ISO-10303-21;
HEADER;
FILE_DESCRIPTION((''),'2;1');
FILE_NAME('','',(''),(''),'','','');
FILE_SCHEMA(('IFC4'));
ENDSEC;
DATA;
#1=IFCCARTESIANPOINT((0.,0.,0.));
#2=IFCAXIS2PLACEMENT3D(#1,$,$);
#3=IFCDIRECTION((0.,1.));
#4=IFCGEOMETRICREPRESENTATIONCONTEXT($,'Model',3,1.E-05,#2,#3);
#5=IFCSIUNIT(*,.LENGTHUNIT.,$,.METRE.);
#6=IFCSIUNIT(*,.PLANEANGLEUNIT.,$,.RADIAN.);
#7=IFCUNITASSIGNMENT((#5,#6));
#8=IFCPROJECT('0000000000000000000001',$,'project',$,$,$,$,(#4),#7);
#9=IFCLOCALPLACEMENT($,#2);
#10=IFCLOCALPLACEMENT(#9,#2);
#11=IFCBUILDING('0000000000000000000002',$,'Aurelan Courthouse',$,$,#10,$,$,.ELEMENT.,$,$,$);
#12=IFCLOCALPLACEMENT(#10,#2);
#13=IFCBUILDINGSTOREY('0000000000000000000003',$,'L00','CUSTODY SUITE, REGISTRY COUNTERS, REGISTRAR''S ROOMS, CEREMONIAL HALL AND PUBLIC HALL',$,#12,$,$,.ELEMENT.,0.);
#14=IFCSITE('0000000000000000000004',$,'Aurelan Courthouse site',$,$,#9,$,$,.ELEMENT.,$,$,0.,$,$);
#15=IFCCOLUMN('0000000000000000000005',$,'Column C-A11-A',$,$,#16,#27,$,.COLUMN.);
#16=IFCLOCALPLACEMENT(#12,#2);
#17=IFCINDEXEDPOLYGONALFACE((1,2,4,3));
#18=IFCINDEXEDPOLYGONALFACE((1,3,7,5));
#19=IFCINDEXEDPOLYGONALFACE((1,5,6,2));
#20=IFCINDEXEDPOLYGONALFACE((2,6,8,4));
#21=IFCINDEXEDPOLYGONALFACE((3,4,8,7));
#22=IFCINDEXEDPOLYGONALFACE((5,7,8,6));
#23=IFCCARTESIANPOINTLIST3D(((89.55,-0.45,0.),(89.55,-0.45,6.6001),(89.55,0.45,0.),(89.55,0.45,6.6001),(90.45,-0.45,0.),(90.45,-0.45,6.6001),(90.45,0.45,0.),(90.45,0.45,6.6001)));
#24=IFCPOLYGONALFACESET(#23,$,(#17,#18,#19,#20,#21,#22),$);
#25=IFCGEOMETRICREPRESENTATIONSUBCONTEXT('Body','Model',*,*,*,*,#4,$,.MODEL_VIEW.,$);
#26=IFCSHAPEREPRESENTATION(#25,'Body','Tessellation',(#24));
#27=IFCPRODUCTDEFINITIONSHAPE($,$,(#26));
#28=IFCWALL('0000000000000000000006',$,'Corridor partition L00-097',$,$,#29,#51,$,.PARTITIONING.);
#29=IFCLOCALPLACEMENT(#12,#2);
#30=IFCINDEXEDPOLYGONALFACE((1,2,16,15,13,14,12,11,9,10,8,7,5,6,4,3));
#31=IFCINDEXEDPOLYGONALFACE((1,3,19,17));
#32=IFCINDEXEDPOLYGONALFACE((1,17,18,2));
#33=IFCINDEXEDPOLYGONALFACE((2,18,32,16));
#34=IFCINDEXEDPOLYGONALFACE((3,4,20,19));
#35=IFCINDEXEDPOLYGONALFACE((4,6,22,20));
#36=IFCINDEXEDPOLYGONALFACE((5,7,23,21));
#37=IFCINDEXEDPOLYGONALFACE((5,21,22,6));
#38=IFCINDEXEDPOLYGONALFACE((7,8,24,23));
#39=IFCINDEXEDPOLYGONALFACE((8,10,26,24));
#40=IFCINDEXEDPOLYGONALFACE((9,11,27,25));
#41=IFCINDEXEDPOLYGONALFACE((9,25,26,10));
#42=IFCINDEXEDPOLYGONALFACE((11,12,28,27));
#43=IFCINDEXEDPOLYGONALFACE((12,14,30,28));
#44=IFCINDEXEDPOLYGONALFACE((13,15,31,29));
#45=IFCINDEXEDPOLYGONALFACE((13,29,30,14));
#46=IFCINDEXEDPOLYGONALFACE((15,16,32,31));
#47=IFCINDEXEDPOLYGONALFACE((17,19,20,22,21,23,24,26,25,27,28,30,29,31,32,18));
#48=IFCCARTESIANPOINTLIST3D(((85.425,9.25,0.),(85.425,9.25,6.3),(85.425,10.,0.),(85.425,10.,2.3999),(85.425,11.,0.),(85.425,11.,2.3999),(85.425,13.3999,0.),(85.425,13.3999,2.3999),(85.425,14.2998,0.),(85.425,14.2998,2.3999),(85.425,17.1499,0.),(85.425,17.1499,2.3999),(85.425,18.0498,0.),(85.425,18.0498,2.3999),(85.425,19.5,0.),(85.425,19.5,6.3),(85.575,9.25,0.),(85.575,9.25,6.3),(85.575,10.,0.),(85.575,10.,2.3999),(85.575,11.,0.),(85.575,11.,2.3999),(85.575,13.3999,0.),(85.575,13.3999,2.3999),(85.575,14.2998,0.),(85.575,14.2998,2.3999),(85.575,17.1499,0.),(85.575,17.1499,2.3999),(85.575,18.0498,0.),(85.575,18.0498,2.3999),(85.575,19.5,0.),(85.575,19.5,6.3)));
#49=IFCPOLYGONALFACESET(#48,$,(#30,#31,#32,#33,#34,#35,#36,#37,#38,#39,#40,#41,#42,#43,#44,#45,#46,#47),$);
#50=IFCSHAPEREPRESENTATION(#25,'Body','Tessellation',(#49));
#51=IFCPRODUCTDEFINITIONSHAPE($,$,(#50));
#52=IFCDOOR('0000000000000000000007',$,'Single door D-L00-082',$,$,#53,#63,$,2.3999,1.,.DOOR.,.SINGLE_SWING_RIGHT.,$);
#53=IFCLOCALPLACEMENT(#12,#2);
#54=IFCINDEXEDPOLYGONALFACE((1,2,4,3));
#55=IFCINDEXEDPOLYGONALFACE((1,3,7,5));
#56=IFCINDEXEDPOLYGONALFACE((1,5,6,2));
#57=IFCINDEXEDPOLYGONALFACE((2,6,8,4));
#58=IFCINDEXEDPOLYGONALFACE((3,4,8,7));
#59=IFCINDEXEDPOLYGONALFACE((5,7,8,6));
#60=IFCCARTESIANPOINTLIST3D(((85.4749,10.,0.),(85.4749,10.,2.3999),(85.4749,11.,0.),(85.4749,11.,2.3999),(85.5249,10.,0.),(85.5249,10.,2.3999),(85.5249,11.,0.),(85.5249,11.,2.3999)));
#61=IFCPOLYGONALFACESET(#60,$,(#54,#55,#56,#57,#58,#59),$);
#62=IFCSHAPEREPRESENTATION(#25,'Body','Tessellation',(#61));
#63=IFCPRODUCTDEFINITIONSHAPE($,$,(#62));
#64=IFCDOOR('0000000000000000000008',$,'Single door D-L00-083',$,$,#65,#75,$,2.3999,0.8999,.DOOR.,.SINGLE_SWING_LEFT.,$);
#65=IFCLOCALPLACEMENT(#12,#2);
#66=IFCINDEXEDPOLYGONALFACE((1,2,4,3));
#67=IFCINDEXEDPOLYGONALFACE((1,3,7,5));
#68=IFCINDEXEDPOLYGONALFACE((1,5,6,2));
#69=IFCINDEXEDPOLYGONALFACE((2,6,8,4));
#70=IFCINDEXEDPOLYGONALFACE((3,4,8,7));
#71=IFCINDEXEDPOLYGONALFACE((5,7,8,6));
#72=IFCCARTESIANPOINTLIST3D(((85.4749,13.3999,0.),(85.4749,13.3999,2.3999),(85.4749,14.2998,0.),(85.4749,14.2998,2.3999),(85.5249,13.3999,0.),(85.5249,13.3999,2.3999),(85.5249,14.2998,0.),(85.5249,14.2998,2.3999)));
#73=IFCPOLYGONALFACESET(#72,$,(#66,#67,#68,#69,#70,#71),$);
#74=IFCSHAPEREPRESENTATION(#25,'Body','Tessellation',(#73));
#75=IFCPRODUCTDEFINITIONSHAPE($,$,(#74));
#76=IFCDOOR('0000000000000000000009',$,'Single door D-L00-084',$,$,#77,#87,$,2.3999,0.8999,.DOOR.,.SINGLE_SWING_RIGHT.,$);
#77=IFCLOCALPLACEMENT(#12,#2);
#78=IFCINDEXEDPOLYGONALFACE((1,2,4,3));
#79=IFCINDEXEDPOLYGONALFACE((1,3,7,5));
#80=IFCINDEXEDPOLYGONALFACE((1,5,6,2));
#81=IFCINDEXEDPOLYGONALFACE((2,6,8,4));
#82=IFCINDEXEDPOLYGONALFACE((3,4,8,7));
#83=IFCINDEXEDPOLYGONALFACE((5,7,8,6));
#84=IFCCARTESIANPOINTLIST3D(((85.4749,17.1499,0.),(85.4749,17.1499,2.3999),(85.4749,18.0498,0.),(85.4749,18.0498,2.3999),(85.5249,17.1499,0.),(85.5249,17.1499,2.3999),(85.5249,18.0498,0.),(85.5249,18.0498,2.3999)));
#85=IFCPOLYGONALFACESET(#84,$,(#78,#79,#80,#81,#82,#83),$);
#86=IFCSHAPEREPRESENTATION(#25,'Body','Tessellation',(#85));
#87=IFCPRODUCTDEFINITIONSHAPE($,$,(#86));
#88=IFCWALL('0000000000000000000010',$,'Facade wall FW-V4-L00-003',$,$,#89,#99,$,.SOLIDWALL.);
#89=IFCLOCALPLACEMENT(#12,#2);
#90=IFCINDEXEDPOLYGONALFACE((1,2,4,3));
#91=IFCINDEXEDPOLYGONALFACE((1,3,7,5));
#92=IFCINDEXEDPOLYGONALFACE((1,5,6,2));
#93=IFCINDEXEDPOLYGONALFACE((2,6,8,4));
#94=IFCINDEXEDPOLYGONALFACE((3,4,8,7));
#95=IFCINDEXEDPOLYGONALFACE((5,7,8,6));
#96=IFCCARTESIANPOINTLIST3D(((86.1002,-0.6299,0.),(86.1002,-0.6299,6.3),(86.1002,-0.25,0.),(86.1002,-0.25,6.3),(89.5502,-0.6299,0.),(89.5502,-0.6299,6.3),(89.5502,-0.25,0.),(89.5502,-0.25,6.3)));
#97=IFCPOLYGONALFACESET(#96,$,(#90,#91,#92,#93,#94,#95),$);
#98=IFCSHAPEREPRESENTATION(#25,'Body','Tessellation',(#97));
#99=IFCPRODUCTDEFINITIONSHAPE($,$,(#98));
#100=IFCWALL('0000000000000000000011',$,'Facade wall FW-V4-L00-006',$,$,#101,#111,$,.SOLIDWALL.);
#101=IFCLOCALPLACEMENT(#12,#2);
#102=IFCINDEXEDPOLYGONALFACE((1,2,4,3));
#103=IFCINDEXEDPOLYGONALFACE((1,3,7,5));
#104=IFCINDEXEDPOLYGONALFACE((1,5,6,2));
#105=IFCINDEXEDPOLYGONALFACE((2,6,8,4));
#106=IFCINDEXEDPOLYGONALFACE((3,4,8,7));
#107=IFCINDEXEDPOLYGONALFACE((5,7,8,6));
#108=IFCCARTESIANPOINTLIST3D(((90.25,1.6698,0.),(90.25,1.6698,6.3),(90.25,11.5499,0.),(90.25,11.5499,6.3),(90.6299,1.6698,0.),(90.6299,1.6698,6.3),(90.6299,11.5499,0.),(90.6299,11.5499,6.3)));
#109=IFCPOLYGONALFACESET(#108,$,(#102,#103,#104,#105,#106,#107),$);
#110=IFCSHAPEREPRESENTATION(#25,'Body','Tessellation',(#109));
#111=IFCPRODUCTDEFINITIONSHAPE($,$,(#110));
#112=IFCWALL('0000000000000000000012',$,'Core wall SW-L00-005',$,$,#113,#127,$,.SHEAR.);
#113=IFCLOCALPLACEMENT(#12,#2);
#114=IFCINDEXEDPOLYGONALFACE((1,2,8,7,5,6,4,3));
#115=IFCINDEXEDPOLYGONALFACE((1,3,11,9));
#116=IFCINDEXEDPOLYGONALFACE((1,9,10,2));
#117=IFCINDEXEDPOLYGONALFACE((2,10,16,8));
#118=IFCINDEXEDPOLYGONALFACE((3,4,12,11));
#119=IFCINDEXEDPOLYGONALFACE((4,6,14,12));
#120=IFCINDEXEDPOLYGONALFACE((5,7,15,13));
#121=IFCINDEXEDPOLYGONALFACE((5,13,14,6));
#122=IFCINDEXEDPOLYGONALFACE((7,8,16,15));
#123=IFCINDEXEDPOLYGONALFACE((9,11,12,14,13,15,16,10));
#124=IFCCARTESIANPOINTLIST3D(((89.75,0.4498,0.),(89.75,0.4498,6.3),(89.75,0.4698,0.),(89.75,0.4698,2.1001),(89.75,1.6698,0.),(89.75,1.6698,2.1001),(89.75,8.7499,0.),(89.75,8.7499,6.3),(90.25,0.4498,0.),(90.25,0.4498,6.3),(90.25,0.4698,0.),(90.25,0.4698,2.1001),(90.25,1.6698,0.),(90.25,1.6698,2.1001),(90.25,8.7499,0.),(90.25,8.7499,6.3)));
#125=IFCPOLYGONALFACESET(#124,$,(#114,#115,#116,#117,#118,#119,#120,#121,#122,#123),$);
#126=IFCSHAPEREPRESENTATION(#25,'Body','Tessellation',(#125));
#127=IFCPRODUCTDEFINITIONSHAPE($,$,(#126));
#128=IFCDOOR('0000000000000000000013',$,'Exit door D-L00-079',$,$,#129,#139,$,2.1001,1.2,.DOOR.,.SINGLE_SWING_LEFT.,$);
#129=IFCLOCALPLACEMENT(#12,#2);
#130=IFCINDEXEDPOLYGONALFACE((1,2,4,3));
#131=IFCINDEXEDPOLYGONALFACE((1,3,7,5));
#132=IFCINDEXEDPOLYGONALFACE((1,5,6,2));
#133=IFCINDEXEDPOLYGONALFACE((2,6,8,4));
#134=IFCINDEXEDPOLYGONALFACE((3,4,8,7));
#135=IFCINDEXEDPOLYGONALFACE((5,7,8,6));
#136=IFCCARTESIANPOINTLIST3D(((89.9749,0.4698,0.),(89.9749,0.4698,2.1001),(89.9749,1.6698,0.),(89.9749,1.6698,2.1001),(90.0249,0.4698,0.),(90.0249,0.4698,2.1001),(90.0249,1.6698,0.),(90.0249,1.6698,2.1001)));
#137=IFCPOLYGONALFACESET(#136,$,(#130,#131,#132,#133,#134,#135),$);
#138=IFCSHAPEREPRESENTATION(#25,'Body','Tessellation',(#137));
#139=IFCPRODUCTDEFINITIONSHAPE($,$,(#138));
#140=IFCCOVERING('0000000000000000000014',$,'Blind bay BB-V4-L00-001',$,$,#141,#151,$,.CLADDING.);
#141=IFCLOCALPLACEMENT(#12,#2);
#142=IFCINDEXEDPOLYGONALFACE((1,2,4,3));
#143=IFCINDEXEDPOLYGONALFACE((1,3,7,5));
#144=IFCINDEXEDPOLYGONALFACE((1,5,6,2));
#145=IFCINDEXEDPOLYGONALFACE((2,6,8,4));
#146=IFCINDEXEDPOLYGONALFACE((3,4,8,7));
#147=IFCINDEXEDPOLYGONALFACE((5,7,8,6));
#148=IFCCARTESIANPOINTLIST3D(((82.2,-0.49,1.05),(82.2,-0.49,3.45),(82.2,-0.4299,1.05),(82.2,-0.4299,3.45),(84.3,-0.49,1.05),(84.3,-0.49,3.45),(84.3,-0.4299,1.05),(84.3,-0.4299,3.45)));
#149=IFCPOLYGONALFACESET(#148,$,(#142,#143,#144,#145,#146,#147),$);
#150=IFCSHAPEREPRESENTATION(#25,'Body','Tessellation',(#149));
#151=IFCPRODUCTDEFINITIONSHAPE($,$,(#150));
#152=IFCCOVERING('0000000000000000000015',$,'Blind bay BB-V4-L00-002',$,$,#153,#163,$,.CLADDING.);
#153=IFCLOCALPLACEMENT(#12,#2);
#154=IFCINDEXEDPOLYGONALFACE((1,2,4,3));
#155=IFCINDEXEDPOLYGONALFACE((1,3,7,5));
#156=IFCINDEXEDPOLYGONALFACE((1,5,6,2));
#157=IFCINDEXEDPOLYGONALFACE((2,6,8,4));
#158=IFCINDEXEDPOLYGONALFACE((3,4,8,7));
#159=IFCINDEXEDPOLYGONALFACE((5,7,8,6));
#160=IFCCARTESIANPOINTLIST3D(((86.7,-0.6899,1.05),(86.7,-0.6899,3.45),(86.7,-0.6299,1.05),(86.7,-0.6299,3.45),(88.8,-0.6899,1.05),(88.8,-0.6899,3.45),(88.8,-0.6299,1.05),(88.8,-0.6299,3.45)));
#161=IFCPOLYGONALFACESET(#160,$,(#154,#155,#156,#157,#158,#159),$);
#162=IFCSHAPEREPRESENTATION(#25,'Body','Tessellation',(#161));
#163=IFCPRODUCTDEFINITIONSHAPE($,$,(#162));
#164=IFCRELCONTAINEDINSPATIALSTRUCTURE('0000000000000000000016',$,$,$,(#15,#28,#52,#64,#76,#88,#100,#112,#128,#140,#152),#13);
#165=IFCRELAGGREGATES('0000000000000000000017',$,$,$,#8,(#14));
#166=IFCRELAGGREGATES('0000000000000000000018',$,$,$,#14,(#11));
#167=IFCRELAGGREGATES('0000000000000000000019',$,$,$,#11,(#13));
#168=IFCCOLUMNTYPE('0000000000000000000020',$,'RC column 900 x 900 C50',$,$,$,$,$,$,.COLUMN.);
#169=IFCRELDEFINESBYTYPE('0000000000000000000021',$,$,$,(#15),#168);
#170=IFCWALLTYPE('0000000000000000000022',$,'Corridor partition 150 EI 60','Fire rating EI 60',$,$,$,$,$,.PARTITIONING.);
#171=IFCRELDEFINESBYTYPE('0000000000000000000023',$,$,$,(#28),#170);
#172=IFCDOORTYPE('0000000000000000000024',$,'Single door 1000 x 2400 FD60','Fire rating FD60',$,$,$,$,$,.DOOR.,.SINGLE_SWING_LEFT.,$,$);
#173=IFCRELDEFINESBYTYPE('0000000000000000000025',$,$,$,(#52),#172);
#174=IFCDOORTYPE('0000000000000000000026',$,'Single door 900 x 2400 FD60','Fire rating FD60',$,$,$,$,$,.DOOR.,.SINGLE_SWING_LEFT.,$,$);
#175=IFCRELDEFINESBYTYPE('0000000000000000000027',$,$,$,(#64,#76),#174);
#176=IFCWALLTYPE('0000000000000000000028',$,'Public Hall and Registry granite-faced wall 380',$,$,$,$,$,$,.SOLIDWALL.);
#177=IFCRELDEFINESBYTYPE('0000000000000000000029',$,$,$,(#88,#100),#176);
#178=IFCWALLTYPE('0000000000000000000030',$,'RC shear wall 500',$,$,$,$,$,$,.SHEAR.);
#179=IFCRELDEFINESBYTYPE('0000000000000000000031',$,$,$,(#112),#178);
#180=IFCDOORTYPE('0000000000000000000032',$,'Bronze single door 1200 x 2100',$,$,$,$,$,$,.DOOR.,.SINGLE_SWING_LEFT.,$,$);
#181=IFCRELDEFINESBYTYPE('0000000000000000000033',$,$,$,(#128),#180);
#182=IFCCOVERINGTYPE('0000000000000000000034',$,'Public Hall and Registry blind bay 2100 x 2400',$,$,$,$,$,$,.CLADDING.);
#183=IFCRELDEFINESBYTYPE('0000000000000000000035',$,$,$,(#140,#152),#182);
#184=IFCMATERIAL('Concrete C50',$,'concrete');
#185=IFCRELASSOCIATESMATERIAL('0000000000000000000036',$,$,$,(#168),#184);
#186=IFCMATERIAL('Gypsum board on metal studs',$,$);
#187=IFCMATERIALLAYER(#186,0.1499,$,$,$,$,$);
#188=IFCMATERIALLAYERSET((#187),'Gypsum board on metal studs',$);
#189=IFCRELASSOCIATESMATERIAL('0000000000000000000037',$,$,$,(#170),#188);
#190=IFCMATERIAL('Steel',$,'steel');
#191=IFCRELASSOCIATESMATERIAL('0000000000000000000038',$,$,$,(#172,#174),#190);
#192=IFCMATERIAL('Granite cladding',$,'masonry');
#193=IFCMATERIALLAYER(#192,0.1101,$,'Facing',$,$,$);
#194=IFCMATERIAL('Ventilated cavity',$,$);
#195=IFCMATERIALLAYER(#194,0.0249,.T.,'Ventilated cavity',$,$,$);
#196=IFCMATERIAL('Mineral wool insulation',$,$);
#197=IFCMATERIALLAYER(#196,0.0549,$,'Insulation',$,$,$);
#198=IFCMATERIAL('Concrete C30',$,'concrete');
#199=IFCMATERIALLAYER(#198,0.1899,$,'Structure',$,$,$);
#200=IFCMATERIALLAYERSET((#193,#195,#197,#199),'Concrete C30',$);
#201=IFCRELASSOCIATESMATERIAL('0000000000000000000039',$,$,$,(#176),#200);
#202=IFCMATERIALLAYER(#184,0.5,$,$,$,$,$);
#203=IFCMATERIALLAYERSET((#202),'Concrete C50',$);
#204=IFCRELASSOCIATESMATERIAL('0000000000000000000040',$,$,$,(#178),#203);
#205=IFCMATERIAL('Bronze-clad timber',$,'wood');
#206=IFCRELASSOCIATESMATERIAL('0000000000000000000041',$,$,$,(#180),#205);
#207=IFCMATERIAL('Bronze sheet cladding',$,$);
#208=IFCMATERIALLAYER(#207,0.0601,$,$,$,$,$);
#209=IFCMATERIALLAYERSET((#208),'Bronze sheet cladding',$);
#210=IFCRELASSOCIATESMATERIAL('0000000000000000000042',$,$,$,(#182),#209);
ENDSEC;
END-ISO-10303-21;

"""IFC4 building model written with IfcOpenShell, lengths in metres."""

from ifc_helpers import new_model, si_unit, direction, frame, frame_2d, origin, origin_2d, place, context, subcontext, project, spatial, rectangle, extrude, material, layer, layer_set, material_profile, profile_set, type_object, element, fill, save


model = new_model("IFC4")

# Units and contexts
model_context = context("Model", 3, precision=1e-05, world=origin(), true_north=direction((0.0, 1.0)))
body_context = subcontext(model_context, "Body", "Model", "MODEL_VIEW")
ifc_project = project(units=[si_unit("LENGTHUNIT", "METRE"), si_unit("PLANEANGLEUNIT", "RADIAN")], contexts=[model_context])

# Site, building, storey
site_placement = place(None, origin())
site = spatial("IfcSite", under=ifc_project, at=site_placement, Name="Aurelan Courthouse site", CompositionType="ELEMENT", RefElevation=0.0)
building_placement = place(site_placement, origin())
building = spatial("IfcBuilding", under=site, at=building_placement, Name="Aurelan Courthouse", CompositionType="ELEMENT")
storey_placement = place(building_placement, origin())
storey = spatial("IfcBuildingStorey", under=building, at=storey_placement, Name="L00", Description="CUSTODY SUITE, REGISTRY COUNTERS, REGISTRAR'S ROOMS, CEREMONIAL HALL AND PUBLIC HALL", CompositionType="ELEMENT", Elevation=0.0)

# Column
ifc_material_1 = material(Name="Concrete C50", Category="concrete")
ifc_material_profile = material_profile(ifc_material_1, rectangle(XDim=0.8999, YDim=0.8999, at=origin_2d()), Name="RC 900 x 900")
ifc_profile_set = profile_set([ifc_material_profile], Name="Concrete C50")
column_type = type_object("IfcColumnType", Name="RC column 900 x 900 C50", PredefinedType="COLUMN", material=ifc_profile_set)
column_placement = place(storey_placement, frame((90.0, 0.0, 0.0), z_axis=(0.0, 0.0, 1.0), x_axis=(1.0, 0.0, 0.0)))
element("IfcColumn", 1, at=column_placement, inside=storey, type_object=column_type, Name="Column C-A11-A", PredefinedType="COLUMN", context=body_context, shape_type="SweptSolid", body=[
    extrude(rectangle(XDim=0.8999, YDim=0.8999, at=origin_2d()), origin(), (0.0, 0.0, 1.0), 6.6001),
])

# Wall, openings, doors
ifc_material_2 = material(Name="Gypsum board on metal studs")
ifc_layer_1 = layer(ifc_material_2, 0.1499)
ifc_layer_set_1 = layer_set([ifc_layer_1], Name="Gypsum board on metal studs")
wall_type_1 = type_object("IfcWallType", Name="Corridor partition 150 EI 60", Description="Fire rating EI 60", PredefinedType="PARTITIONING", material=ifc_layer_set_1)
wall_1_placement = place(storey_placement, frame((85.5, 9.25, 0.0), z_axis=(0.0, 0.0, 1.0), x_axis=(0.0, 1.0, 0.0)))
wall_1 = element("IfcWall", 2, at=wall_1_placement, inside=storey, type_object=wall_type_1, Name="Corridor partition L00-097", PredefinedType="PARTITIONING", context=body_context, shape_type="SweptSolid", body=[
    extrude(rectangle(XDim=10.25, YDim=0.1499, at=frame_2d((5.125, 0.0))), origin(), (0.0, 0.0, 1.0), 6.3),
])
opening_1_placement = place(wall_1_placement, frame((1.75, 0.0, 0.0), z_axis=(0.0, 0.0, 1.0), x_axis=(-1.0, 0.0, 0.0)))
opening_1 = element("IfcOpeningElement", 3, at=opening_1_placement, cuts=wall_1, PredefinedType="OPENING", context=body_context, shape_type="SweptSolid", body=[
    extrude(rectangle(XDim=1.0, YDim=2.3999, at=frame_2d((0.5, 1.2))), frame((0.0, 0.085, 0.0), z_axis=(0.0, -1.0, 0.0), x_axis=(1.0, 0.0, 0.0)), (0.0, 0.0, 1.0), 0.1699),
])
opening_2_placement = place(wall_1_placement, frame((5.0498, 0.0, 0.0), z_axis=(0.0, 0.0, 1.0), x_axis=(-1.0, 0.0, 0.0)))
opening_2 = element("IfcOpeningElement", 4, at=opening_2_placement, cuts=wall_1, PredefinedType="OPENING", context=body_context, shape_type="SweptSolid", body=[
    extrude(rectangle(XDim=0.8999, YDim=2.3999, at=frame_2d((0.45, 1.2))), frame((0.0, 0.085, 0.0), z_axis=(0.0, -1.0, 0.0), x_axis=(1.0, 0.0, 0.0)), (0.0, 0.0, 1.0), 0.1699),
])
opening_3_placement = place(wall_1_placement, frame((8.7998, 0.0, 0.0), z_axis=(0.0, 0.0, 1.0), x_axis=(-1.0, 0.0, 0.0)))
opening_3 = element("IfcOpeningElement", 5, at=opening_3_placement, cuts=wall_1, PredefinedType="OPENING", context=body_context, shape_type="SweptSolid", body=[
    extrude(rectangle(XDim=0.8999, YDim=2.3999, at=frame_2d((0.45, 1.2))), frame((0.0, 0.085, 0.0), z_axis=(0.0, -1.0, 0.0), x_axis=(1.0, 0.0, 0.0)), (0.0, 0.0, 1.0), 0.1699),
])
ifc_material_3 = material(Name="Steel", Category="steel")
door_type_1 = type_object("IfcDoorType", Name="Single door 1000 x 2400 FD60", Description="Fire rating FD60", OperationType="SINGLE_SWING_LEFT", PredefinedType="DOOR", material=ifc_material_3)
door_1_placement = place(opening_1_placement, origin())
door_1 = element("IfcDoor", 6, at=door_1_placement, inside=storey, type_object=door_type_1, Name="Single door D-L00-082", OperationType="SINGLE_SWING_RIGHT", OverallHeight=2.3999, OverallWidth=1.0, PredefinedType="DOOR", context=body_context, shape_type="SweptSolid", body=[
    extrude(rectangle(XDim=1.0, YDim=2.3999, at=frame_2d((0.5, 1.2))), frame((0.0, 0.0249, 0.0), z_axis=(0.0, -1.0, 0.0), x_axis=(1.0, 0.0, 0.0)), (0.0, 0.0, 1.0), 0.05),
])
fill(opening_1, door_1)
door_type_2 = type_object("IfcDoorType", Name="Single door 900 x 2400 FD60", Description="Fire rating FD60", OperationType="SINGLE_SWING_LEFT", PredefinedType="DOOR", material=ifc_material_3)
door_2_placement = place(opening_2_placement, origin())
door_2 = element("IfcDoor", 7, at=door_2_placement, inside=storey, type_object=door_type_2, Name="Single door D-L00-083", OperationType="SINGLE_SWING_LEFT", OverallHeight=2.3999, OverallWidth=0.8999, PredefinedType="DOOR", context=body_context, shape_type="SweptSolid", body=[
    extrude(rectangle(XDim=0.8999, YDim=2.3999, at=frame_2d((0.45, 1.2))), frame((0.0, 0.0249, 0.0), z_axis=(0.0, -1.0, 0.0), x_axis=(1.0, 0.0, 0.0)), (0.0, 0.0, 1.0), 0.05),
])
fill(opening_2, door_2)
door_3_placement = place(opening_3_placement, origin())
door_3 = element("IfcDoor", 8, at=door_3_placement, inside=storey, type_object=door_type_2, Name="Single door D-L00-084", OperationType="SINGLE_SWING_RIGHT", OverallHeight=2.3999, OverallWidth=0.8999, PredefinedType="DOOR", context=body_context, shape_type="SweptSolid", body=[
    extrude(rectangle(XDim=0.8999, YDim=2.3999, at=frame_2d((0.45, 1.2))), frame((0.0, 0.0249, 0.0), z_axis=(0.0, -1.0, 0.0), x_axis=(1.0, 0.0, 0.0)), (0.0, 0.0, 1.0), 0.05),
])
fill(opening_3, door_3)

# Walls
ifc_material_4 = material(Name="Granite cladding", Category="masonry")
ifc_layer_2 = layer(ifc_material_4, 0.1101, Name="Facing")
ifc_material_5 = material(Name="Ventilated cavity")
ifc_layer_3 = layer(ifc_material_5, 0.0249, ventilated=True, Name="Ventilated cavity")
ifc_material_6 = material(Name="Mineral wool insulation")
ifc_layer_4 = layer(ifc_material_6, 0.0549, Name="Insulation")
ifc_material_7 = material(Name="Concrete C30", Category="concrete")
ifc_layer_5 = layer(ifc_material_7, 0.1899, Name="Structure")
ifc_layer_set_2 = layer_set([ifc_layer_2, ifc_layer_3, ifc_layer_4, ifc_layer_5], Name="Concrete C30")
wall_type_2 = type_object("IfcWallType", Name="Public Hall and Registry granite-faced wall 380", PredefinedType="SOLIDWALL", material=ifc_layer_set_2)
wall_2_placement = place(storey_placement, frame((86.1001, -0.4399, 0.0), z_axis=(0.0, 0.0, 1.0), x_axis=(1.0, 0.0, 0.0)))
element("IfcWall", 9, at=wall_2_placement, inside=storey, type_object=wall_type_2, Name="Facade wall FW-V4-L00-003", PredefinedType="SOLIDWALL", context=body_context, shape_type="SweptSolid", body=[
    extrude(rectangle(XDim=3.45, YDim=0.3799, at=frame_2d((1.7251, 0.0))), origin(), (0.0, 0.0, 1.0), 6.3),
])
wall_3_placement = place(storey_placement, frame((90.4399, 1.6699, 0.0), z_axis=(0.0, 0.0, 1.0), x_axis=(0.0, 1.0, 0.0)))
element("IfcWall", 10, at=wall_3_placement, inside=storey, type_object=wall_type_2, Name="Facade wall FW-V4-L00-006", PredefinedType="SOLIDWALL", context=body_context, shape_type="SweptSolid", body=[
    extrude(rectangle(XDim=9.8801, YDim=0.3799, at=frame_2d((4.9399, 0.0))), origin(), (0.0, 0.0, 1.0), 6.3),
])

# Wall, opening, door
ifc_layer_6 = layer(ifc_material_1, 0.5)
ifc_layer_set_3 = layer_set([ifc_layer_6], Name="Concrete C50")
wall_type_3 = type_object("IfcWallType", Name="RC shear wall 500", PredefinedType="SHEAR", material=ifc_layer_set_3)
wall_4_placement = place(storey_placement, frame((90.0, 0.45, 0.0), z_axis=(0.0, 0.0, 1.0), x_axis=(0.0, 1.0, 0.0)))
wall_4 = element("IfcWall", 11, at=wall_4_placement, inside=storey, type_object=wall_type_3, Name="Core wall SW-L00-005", PredefinedType="SHEAR", context=body_context, shape_type="SweptSolid", body=[
    extrude(rectangle(XDim=8.3, YDim=0.5, at=frame_2d((4.1499, 0.0))), origin(), (0.0, 0.0, 1.0), 6.3),
])
opening_4_placement = place(wall_4_placement, frame((1.22, 0.0, 0.0), z_axis=(0.0, 0.0, 1.0), x_axis=(-1.0, 0.0, 0.0)))
opening_4 = element("IfcOpeningElement", 12, at=opening_4_placement, cuts=wall_4, PredefinedType="OPENING", context=body_context, shape_type="SweptSolid", body=[
    extrude(rectangle(XDim=1.2, YDim=2.1001, at=frame_2d((0.6001, 1.05))), frame((0.0, 0.26, 0.0), z_axis=(0.0, -1.0, 0.0), x_axis=(1.0, 0.0, 0.0)), (0.0, 0.0, 1.0), 0.52),
])
ifc_material_8 = material(Name="Bronze-clad timber", Category="wood")
door_type_3 = type_object("IfcDoorType", Name="Bronze single door 1200 x 2100", OperationType="SINGLE_SWING_LEFT", PredefinedType="DOOR", material=ifc_material_8)
door_4_placement = place(opening_4_placement, origin())
door_4 = element("IfcDoor", 13, at=door_4_placement, inside=storey, type_object=door_type_3, Name="Exit door D-L00-079", OperationType="SINGLE_SWING_LEFT", OverallHeight=2.1001, OverallWidth=1.2, PredefinedType="DOOR", context=body_context, shape_type="SweptSolid", body=[
    extrude(rectangle(XDim=1.2, YDim=2.1001, at=frame_2d((0.6001, 1.05))), frame((0.0, 0.0249, 0.0), z_axis=(0.0, -1.0, 0.0), x_axis=(1.0, 0.0, 0.0)), (0.0, 0.0, 1.0), 0.05),
])
fill(opening_4, door_4)

# Coverings
ifc_material_9 = material(Name="Bronze sheet cladding")
ifc_layer_7 = layer(ifc_material_9, 0.0601)
ifc_layer_set_4 = layer_set([ifc_layer_7], Name="Bronze sheet cladding")
covering_type_1 = type_object("IfcCoveringType", Name="Public Hall and Registry blind bay 2100 x 2400", PredefinedType="CLADDING", material=ifc_layer_set_4)
for number, where, z_axis, x_axis, name in (
    (14, (83.25, -0.46, 1.05), (0.0, 0.0, 1.0), (1.0, 0.0, 0.0), "Blind bay BB-V4-L00-001"),
    (15, (87.75, -0.6599, 1.05), (0.0, 0.0, 1.0), (1.0, 0.0, 0.0), "Blind bay BB-V4-L00-002"),
):
    element("IfcCovering", number, at=place(storey_placement, frame(where, z_axis=z_axis, x_axis=x_axis)), inside=storey, type_object=covering_type_1, Name=name, PredefinedType="CLADDING", context=body_context, shape_type="SweptSolid", body=[
        extrude(rectangle(XDim=2.1001, YDim=0.0601, at=origin_2d()), origin(), (0.0, 0.0, 1.0), 2.3999),
    ])

save(model, "model.ifc")
